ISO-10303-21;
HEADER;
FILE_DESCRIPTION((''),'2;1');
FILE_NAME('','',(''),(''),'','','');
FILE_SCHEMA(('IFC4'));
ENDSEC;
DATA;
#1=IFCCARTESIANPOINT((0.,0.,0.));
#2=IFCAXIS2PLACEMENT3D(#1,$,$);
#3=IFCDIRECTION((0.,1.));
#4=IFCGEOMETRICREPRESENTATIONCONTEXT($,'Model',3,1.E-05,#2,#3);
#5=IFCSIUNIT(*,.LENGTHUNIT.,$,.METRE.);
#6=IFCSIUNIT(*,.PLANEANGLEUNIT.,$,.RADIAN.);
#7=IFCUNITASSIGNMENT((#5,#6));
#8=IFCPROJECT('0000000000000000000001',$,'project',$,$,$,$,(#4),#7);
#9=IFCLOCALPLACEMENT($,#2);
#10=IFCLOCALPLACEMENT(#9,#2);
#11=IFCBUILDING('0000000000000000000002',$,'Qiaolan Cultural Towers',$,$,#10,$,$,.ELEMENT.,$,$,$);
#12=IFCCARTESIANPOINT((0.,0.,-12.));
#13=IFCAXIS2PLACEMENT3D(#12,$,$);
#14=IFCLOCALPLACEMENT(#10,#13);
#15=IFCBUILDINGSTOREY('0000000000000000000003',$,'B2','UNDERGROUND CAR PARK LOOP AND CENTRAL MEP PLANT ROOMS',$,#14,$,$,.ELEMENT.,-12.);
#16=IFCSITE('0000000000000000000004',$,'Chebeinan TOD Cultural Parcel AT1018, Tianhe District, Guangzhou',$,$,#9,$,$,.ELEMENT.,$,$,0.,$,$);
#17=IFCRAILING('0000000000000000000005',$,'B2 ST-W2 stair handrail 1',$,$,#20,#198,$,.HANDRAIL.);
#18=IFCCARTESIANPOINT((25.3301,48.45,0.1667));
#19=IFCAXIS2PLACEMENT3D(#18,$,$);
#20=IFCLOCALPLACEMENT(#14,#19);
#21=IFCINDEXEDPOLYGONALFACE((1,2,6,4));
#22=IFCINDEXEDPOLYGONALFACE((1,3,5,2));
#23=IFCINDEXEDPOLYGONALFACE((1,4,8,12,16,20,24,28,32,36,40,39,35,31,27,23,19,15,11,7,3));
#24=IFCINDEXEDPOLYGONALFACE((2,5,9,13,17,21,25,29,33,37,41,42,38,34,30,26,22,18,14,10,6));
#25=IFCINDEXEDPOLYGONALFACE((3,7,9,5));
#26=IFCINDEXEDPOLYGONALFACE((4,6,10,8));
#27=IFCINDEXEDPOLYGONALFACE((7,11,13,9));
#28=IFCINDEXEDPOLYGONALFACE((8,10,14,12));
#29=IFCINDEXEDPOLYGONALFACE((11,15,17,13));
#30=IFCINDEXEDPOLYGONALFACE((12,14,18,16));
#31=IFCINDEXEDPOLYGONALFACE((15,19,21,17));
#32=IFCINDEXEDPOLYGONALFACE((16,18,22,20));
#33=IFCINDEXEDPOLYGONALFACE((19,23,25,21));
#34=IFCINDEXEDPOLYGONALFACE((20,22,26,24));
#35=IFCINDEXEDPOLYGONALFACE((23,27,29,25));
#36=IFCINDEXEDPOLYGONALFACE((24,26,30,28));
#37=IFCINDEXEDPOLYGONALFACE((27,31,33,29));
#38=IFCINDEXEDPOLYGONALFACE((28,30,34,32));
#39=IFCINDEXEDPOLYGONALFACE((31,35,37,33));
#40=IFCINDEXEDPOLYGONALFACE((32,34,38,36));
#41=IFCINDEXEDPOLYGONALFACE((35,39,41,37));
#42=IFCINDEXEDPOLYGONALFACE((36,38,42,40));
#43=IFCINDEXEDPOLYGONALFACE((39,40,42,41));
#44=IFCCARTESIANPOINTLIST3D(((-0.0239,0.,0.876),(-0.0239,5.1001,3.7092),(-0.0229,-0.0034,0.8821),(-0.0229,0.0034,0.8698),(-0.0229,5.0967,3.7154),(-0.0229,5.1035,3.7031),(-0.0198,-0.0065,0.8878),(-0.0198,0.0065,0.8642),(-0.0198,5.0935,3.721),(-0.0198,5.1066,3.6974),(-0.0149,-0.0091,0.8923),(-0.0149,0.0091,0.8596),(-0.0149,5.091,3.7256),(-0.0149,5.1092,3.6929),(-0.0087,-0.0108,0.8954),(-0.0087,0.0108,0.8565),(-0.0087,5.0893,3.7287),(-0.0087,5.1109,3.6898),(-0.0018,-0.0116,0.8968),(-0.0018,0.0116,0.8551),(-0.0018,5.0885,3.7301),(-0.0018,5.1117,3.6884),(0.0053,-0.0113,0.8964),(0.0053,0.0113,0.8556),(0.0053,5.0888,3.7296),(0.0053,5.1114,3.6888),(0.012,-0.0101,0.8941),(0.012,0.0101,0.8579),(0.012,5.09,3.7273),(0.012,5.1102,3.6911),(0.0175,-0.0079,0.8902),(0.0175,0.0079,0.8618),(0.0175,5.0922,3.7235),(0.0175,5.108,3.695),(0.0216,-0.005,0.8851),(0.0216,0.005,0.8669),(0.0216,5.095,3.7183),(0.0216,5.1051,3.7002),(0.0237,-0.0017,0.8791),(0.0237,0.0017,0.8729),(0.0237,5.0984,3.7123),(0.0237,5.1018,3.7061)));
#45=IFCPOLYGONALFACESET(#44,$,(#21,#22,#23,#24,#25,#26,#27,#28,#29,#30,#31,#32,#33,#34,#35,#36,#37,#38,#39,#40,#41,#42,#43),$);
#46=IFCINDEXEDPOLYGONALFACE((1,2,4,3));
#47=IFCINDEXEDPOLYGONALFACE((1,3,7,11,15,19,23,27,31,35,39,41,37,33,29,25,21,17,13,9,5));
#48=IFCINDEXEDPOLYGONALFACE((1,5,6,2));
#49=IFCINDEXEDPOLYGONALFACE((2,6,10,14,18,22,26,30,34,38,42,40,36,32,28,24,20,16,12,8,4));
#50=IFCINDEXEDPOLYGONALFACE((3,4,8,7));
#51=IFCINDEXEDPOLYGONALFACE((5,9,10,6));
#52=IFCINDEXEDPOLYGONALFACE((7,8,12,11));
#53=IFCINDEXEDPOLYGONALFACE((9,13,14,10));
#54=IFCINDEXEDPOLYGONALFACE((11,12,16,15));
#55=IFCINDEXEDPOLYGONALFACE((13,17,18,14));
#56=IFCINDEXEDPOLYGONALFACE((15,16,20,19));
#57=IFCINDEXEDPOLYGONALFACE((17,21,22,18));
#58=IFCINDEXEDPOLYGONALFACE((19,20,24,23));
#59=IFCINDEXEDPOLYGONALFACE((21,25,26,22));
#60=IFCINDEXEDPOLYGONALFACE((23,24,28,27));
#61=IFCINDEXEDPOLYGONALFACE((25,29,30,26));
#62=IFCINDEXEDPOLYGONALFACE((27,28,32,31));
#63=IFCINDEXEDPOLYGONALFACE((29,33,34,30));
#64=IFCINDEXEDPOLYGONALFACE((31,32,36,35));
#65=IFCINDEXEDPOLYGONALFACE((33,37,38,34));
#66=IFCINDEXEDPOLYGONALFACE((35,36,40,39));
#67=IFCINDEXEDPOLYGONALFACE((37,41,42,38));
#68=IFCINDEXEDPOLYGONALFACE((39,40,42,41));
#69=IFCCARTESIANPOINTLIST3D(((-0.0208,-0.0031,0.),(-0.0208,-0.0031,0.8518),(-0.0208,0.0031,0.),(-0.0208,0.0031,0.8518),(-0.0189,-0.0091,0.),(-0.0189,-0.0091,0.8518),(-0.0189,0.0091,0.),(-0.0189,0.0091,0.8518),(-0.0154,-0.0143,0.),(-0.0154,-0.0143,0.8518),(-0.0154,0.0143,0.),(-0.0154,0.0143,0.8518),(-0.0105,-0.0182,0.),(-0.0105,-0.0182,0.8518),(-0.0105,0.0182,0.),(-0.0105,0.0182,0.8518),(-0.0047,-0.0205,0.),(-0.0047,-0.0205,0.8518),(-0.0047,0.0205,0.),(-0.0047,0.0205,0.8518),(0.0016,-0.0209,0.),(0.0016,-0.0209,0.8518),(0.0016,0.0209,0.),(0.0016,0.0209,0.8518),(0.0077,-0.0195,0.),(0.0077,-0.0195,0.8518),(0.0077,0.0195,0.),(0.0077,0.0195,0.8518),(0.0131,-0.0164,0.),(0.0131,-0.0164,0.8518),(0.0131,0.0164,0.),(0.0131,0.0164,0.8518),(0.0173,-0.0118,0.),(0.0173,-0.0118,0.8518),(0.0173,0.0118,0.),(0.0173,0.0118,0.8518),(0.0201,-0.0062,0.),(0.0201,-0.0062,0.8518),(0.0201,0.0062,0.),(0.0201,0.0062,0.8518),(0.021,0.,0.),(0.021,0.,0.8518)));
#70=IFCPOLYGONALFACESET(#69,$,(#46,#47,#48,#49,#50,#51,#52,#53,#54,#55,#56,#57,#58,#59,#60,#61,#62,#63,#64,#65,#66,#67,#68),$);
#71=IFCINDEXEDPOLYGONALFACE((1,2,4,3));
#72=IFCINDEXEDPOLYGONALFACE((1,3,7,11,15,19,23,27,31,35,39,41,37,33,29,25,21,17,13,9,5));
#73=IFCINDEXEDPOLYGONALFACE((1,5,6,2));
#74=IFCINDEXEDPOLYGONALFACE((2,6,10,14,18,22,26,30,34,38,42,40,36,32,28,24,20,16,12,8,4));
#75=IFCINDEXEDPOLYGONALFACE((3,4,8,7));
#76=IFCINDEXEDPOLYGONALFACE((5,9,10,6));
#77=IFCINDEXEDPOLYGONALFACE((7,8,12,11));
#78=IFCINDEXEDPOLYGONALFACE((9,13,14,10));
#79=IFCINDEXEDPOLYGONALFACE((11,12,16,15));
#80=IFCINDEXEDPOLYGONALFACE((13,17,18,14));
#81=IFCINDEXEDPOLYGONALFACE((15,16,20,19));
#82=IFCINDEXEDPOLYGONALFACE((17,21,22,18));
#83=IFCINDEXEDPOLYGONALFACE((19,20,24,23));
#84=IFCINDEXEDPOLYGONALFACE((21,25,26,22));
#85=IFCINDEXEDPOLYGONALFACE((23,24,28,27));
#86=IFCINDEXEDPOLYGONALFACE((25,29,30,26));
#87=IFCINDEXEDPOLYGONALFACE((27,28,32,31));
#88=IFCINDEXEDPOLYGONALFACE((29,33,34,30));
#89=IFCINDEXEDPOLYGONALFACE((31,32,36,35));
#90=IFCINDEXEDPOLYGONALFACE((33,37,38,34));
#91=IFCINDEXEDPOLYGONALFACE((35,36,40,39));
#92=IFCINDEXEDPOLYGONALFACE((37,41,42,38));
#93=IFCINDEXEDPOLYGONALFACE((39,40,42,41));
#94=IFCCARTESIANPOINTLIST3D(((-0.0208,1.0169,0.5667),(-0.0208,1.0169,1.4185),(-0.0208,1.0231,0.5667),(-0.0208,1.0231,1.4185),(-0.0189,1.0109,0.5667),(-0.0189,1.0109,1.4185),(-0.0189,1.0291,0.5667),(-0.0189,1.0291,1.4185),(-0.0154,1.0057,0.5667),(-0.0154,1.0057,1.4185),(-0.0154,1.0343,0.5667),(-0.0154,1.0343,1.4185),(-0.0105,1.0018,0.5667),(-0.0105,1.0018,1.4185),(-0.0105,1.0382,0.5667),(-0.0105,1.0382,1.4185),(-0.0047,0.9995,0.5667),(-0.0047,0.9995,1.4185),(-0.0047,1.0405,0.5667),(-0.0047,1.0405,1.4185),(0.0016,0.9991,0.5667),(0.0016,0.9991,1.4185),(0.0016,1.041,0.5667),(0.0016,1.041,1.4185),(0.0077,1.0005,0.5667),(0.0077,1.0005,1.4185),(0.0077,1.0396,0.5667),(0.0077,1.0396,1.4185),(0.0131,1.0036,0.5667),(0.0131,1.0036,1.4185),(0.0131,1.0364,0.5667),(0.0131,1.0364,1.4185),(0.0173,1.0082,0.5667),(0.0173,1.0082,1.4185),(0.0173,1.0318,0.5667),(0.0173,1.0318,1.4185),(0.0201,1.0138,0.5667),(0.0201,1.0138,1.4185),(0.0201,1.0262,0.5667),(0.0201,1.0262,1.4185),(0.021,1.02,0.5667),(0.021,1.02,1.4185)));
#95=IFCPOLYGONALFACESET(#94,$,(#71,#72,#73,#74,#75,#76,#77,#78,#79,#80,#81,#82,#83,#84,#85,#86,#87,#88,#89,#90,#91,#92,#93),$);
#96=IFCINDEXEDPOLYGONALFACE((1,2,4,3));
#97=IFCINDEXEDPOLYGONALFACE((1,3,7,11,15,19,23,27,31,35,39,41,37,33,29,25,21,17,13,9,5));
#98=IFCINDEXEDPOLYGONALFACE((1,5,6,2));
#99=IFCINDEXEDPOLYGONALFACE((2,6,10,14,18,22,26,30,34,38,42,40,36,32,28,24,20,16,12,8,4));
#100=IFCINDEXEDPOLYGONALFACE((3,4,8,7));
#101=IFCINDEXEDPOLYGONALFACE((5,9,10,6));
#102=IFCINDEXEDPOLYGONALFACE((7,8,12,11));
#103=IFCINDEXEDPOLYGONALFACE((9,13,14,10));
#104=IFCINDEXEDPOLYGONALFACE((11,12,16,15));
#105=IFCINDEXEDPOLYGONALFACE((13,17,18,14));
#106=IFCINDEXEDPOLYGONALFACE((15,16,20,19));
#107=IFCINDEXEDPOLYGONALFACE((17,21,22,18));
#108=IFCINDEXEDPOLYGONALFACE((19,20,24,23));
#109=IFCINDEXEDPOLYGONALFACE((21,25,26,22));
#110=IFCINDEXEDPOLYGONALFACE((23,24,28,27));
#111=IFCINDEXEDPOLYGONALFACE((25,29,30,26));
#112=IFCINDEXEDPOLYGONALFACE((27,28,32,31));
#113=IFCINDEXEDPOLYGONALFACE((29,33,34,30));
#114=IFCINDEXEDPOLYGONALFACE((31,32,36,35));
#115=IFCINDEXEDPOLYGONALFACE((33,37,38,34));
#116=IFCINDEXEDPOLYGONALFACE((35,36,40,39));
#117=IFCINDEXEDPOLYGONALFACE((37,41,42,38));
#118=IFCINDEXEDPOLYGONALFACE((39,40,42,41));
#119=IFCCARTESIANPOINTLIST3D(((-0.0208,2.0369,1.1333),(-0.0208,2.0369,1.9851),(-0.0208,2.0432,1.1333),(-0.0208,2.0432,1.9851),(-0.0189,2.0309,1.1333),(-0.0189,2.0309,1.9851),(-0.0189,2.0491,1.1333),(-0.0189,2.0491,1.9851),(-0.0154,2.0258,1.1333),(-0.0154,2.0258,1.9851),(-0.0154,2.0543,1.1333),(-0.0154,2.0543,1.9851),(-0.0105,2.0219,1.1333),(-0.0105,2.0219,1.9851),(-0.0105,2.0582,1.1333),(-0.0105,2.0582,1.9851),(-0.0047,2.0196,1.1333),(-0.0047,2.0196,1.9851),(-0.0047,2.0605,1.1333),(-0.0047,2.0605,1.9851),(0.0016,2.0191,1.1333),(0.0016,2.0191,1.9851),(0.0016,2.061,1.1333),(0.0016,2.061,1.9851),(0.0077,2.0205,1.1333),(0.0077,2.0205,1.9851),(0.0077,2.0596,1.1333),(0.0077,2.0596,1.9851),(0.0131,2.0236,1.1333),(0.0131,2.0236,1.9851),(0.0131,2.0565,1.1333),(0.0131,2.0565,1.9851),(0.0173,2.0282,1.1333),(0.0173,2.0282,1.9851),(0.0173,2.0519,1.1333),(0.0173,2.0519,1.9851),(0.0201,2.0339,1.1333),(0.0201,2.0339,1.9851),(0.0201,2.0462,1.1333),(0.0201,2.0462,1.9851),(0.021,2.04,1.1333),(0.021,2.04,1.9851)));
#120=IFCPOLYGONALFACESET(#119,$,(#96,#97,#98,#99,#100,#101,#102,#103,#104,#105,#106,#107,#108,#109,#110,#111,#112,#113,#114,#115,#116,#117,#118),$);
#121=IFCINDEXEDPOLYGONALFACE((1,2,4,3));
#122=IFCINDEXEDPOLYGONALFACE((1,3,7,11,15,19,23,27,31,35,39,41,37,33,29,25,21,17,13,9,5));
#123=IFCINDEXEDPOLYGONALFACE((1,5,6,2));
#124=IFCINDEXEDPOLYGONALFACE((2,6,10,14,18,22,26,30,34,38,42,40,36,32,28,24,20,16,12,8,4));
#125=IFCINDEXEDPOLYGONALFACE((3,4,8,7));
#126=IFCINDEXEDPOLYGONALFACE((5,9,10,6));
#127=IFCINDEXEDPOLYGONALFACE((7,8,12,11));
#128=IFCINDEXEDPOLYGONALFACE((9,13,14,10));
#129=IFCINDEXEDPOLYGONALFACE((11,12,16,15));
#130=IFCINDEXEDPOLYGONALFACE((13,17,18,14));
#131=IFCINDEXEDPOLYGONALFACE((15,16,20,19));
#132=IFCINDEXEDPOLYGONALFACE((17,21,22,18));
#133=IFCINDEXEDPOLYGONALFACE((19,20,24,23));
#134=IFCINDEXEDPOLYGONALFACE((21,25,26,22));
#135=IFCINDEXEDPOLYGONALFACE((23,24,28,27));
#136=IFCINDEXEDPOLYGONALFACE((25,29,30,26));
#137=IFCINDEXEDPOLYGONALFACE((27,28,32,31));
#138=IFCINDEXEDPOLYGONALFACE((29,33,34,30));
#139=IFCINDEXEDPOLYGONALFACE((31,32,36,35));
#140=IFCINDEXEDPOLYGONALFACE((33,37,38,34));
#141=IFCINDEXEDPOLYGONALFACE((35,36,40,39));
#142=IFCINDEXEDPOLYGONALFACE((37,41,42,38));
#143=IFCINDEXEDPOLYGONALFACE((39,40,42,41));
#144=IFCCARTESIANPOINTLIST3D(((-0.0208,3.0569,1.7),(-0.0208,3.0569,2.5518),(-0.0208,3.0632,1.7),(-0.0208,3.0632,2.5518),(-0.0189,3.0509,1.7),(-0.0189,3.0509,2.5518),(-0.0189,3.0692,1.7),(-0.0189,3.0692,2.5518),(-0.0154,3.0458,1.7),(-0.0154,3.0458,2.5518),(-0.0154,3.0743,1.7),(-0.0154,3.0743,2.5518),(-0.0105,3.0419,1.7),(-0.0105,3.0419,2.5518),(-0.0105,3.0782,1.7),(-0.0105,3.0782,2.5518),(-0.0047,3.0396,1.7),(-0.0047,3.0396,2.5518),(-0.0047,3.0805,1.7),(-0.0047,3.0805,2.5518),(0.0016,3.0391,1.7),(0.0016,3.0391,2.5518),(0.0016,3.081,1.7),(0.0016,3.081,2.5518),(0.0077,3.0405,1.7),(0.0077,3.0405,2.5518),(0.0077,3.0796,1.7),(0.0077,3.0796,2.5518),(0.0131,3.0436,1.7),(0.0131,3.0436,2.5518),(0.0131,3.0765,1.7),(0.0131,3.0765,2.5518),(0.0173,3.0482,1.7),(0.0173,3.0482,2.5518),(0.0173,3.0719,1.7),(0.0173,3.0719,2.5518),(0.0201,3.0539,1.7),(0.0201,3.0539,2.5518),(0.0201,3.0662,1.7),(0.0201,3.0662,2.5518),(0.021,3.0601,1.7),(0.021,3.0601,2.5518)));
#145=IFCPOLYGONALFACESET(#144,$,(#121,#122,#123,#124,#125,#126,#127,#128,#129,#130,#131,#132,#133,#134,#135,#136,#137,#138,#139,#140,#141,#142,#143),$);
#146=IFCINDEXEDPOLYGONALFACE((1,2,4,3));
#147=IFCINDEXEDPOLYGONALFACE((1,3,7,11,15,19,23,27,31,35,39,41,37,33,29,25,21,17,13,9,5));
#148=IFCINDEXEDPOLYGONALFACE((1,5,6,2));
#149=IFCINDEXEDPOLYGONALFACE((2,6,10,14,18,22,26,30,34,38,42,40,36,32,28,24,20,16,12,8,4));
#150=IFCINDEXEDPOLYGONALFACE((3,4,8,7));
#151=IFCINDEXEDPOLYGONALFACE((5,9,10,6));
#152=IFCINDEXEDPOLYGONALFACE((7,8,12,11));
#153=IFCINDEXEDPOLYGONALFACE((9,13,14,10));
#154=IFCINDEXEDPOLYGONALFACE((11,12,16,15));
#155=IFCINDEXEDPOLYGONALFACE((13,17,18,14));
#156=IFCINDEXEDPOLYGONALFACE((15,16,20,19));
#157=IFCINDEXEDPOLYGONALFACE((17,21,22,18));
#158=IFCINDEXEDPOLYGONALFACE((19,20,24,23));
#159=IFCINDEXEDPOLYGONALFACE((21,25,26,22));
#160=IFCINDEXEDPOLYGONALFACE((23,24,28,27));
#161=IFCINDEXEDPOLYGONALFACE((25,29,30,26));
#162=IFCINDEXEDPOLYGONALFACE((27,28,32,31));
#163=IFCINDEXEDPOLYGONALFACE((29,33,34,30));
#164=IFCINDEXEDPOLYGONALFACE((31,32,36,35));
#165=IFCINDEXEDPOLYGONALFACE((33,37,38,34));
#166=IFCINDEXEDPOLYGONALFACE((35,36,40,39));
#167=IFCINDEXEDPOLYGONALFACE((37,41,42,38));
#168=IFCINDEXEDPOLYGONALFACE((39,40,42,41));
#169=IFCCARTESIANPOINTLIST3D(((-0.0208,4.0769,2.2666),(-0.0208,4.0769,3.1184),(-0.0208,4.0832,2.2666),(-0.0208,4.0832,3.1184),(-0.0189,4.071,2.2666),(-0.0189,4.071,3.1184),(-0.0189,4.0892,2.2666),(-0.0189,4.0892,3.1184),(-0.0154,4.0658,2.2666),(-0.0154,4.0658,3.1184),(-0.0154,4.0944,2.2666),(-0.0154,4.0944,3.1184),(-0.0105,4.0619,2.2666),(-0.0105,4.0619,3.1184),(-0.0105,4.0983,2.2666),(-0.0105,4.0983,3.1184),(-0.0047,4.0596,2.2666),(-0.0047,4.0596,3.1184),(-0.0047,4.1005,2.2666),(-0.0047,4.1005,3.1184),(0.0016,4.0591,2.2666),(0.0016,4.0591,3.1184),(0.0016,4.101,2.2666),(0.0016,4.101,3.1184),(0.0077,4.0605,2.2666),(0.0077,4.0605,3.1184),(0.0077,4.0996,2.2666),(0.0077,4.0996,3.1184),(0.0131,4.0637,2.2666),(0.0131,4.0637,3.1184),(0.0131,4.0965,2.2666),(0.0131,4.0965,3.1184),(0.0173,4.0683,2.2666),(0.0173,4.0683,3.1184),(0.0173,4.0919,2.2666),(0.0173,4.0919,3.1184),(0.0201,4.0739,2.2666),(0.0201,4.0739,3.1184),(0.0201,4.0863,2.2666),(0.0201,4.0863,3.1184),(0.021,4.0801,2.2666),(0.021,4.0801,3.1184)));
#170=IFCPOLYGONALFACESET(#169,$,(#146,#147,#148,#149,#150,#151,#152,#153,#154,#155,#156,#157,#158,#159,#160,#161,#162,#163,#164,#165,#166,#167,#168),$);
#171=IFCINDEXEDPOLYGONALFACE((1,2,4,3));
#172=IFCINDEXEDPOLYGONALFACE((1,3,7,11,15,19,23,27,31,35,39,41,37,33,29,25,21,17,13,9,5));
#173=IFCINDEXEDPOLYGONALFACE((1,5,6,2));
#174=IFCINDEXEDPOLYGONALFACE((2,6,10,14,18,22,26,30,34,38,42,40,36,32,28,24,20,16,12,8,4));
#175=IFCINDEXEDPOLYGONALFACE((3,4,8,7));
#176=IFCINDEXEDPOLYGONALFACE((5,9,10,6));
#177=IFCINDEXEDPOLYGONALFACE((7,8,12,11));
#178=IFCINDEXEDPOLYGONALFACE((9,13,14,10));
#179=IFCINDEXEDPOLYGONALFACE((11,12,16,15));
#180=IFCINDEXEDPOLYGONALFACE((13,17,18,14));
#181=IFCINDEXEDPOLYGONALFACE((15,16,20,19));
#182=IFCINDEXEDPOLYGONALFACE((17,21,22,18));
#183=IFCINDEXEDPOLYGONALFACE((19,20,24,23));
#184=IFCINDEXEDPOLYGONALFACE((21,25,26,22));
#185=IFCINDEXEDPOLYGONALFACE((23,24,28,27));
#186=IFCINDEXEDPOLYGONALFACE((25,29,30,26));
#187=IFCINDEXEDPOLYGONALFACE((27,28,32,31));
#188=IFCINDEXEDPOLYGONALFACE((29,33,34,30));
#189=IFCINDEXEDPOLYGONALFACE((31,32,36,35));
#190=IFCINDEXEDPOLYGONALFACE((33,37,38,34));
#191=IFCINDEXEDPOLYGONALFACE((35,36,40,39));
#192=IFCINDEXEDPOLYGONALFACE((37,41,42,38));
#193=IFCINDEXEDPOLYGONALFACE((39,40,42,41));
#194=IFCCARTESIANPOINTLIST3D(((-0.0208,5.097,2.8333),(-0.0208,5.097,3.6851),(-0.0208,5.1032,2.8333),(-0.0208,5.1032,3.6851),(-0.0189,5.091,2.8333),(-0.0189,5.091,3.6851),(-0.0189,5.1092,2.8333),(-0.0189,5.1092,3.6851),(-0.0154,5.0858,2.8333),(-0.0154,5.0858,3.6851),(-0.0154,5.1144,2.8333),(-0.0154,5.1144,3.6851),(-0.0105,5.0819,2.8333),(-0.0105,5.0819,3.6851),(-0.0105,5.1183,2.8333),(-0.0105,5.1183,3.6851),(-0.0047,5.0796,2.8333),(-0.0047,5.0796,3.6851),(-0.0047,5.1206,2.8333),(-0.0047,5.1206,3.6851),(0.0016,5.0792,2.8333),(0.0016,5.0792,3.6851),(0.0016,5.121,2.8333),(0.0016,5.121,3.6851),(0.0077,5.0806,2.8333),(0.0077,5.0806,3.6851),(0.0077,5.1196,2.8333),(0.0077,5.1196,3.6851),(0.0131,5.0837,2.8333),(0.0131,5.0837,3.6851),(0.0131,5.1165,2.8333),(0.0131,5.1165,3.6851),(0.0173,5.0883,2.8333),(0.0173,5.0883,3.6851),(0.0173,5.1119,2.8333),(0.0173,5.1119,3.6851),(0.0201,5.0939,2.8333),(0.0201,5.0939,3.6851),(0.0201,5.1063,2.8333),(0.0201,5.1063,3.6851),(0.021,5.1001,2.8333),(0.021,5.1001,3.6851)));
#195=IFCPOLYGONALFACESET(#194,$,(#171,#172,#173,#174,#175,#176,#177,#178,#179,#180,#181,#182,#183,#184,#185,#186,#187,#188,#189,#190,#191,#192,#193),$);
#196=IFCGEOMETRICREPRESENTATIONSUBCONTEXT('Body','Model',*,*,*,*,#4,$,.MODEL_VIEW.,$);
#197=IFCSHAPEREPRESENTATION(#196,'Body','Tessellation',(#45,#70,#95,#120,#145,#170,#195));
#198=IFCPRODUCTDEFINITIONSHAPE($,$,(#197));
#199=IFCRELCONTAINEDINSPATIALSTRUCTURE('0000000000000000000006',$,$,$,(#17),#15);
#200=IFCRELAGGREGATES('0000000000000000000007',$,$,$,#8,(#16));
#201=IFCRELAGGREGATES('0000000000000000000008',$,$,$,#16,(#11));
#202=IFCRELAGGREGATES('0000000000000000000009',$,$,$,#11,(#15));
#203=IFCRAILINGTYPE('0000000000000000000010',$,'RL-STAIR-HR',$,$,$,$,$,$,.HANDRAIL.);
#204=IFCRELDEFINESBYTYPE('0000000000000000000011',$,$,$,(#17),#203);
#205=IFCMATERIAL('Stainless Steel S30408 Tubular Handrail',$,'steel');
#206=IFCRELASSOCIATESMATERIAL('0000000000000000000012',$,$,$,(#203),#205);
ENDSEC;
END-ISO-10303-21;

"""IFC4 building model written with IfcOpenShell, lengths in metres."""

from ifc_helpers import new_model, si_unit, direction, frame, origin, origin_2d, place, context, subcontext, project, spatial, circle, extrude, material, type_object, element, save


model = new_model("IFC4")

# Units and contexts
model_context = context("Model", 3, precision=1e-05, world=origin(), true_north=direction((0.0, 1.0)))
body_context = subcontext(model_context, "Body", "Model", "MODEL_VIEW")
ifc_project = project(units=[si_unit("LENGTHUNIT", "METRE"), si_unit("PLANEANGLEUNIT", "RADIAN")], contexts=[model_context])

# Site, building, storey
site_placement = place(None, origin())
site = spatial("IfcSite", under=ifc_project, at=site_placement, Name="Chebeinan TOD Cultural Parcel AT1018, Tianhe District, Guangzhou", CompositionType="ELEMENT", RefElevation=0.0)
building_placement = place(site_placement, origin())
building = spatial("IfcBuilding", under=site, at=building_placement, Name="Qiaolan Cultural Towers", CompositionType="ELEMENT")
storey_placement = place(building_placement, frame((0.0, 0.0, -12.0)))
storey = spatial("IfcBuildingStorey", under=building, at=storey_placement, Name="B2", Description="UNDERGROUND CAR PARK LOOP AND CENTRAL MEP PLANT ROOMS", CompositionType="ELEMENT", Elevation=-12.0)

# Railing
ifc_material_1 = material(Name="Stainless Steel S30408 Tubular Handrail", Category="steel")
railing_type_1 = type_object("IfcRailingType", Name="RL-STAIR-HR", PredefinedType="HANDRAIL", material=ifc_material_1)
railing_1_placement = place(storey_placement, frame((25.3301, 48.45, 0.1667)))
element("IfcRailing", 1, at=railing_1_placement, inside=storey, type_object=railing_type_1, Name="B2 ST-W2 stair handrail 1", PredefinedType="HANDRAIL", context=body_context, shape_type="SweptSolid", body=[
    extrude(circle(Radius=0.0239, at=origin_2d()), frame((0.0, 0.0, 0.876), z_axis=(0.0, 0.874167, 0.485625), x_axis=(-1.0, 0.0, 0.0)), (0.0, 0.0, 1.0), 5.8342),
    extrude(circle(Radius=0.021, at=origin_2d()), origin(), (0.0, 0.0, 1.0), 0.8518),
    extrude(circle(Radius=0.021, at=origin_2d()), frame((0.0, 1.02, 0.5667)), (0.0, 0.0, 1.0), 0.8518),
    extrude(circle(Radius=0.021, at=origin_2d()), frame((0.0, 2.04, 1.1333)), (0.0, 0.0, 1.0), 0.8518),
    extrude(circle(Radius=0.021, at=origin_2d()), frame((0.0, 3.0601, 1.7)), (0.0, 0.0, 1.0), 0.8518),
    extrude(circle(Radius=0.021, at=origin_2d()), frame((0.0, 4.0801, 2.2666)), (0.0, 0.0, 1.0), 0.8518),
    extrude(circle(Radius=0.021, at=origin_2d()), frame((0.0, 5.1001, 2.8333)), (0.0, 0.0, 1.0), 0.8518),
])

save(model, "model.ifc")
